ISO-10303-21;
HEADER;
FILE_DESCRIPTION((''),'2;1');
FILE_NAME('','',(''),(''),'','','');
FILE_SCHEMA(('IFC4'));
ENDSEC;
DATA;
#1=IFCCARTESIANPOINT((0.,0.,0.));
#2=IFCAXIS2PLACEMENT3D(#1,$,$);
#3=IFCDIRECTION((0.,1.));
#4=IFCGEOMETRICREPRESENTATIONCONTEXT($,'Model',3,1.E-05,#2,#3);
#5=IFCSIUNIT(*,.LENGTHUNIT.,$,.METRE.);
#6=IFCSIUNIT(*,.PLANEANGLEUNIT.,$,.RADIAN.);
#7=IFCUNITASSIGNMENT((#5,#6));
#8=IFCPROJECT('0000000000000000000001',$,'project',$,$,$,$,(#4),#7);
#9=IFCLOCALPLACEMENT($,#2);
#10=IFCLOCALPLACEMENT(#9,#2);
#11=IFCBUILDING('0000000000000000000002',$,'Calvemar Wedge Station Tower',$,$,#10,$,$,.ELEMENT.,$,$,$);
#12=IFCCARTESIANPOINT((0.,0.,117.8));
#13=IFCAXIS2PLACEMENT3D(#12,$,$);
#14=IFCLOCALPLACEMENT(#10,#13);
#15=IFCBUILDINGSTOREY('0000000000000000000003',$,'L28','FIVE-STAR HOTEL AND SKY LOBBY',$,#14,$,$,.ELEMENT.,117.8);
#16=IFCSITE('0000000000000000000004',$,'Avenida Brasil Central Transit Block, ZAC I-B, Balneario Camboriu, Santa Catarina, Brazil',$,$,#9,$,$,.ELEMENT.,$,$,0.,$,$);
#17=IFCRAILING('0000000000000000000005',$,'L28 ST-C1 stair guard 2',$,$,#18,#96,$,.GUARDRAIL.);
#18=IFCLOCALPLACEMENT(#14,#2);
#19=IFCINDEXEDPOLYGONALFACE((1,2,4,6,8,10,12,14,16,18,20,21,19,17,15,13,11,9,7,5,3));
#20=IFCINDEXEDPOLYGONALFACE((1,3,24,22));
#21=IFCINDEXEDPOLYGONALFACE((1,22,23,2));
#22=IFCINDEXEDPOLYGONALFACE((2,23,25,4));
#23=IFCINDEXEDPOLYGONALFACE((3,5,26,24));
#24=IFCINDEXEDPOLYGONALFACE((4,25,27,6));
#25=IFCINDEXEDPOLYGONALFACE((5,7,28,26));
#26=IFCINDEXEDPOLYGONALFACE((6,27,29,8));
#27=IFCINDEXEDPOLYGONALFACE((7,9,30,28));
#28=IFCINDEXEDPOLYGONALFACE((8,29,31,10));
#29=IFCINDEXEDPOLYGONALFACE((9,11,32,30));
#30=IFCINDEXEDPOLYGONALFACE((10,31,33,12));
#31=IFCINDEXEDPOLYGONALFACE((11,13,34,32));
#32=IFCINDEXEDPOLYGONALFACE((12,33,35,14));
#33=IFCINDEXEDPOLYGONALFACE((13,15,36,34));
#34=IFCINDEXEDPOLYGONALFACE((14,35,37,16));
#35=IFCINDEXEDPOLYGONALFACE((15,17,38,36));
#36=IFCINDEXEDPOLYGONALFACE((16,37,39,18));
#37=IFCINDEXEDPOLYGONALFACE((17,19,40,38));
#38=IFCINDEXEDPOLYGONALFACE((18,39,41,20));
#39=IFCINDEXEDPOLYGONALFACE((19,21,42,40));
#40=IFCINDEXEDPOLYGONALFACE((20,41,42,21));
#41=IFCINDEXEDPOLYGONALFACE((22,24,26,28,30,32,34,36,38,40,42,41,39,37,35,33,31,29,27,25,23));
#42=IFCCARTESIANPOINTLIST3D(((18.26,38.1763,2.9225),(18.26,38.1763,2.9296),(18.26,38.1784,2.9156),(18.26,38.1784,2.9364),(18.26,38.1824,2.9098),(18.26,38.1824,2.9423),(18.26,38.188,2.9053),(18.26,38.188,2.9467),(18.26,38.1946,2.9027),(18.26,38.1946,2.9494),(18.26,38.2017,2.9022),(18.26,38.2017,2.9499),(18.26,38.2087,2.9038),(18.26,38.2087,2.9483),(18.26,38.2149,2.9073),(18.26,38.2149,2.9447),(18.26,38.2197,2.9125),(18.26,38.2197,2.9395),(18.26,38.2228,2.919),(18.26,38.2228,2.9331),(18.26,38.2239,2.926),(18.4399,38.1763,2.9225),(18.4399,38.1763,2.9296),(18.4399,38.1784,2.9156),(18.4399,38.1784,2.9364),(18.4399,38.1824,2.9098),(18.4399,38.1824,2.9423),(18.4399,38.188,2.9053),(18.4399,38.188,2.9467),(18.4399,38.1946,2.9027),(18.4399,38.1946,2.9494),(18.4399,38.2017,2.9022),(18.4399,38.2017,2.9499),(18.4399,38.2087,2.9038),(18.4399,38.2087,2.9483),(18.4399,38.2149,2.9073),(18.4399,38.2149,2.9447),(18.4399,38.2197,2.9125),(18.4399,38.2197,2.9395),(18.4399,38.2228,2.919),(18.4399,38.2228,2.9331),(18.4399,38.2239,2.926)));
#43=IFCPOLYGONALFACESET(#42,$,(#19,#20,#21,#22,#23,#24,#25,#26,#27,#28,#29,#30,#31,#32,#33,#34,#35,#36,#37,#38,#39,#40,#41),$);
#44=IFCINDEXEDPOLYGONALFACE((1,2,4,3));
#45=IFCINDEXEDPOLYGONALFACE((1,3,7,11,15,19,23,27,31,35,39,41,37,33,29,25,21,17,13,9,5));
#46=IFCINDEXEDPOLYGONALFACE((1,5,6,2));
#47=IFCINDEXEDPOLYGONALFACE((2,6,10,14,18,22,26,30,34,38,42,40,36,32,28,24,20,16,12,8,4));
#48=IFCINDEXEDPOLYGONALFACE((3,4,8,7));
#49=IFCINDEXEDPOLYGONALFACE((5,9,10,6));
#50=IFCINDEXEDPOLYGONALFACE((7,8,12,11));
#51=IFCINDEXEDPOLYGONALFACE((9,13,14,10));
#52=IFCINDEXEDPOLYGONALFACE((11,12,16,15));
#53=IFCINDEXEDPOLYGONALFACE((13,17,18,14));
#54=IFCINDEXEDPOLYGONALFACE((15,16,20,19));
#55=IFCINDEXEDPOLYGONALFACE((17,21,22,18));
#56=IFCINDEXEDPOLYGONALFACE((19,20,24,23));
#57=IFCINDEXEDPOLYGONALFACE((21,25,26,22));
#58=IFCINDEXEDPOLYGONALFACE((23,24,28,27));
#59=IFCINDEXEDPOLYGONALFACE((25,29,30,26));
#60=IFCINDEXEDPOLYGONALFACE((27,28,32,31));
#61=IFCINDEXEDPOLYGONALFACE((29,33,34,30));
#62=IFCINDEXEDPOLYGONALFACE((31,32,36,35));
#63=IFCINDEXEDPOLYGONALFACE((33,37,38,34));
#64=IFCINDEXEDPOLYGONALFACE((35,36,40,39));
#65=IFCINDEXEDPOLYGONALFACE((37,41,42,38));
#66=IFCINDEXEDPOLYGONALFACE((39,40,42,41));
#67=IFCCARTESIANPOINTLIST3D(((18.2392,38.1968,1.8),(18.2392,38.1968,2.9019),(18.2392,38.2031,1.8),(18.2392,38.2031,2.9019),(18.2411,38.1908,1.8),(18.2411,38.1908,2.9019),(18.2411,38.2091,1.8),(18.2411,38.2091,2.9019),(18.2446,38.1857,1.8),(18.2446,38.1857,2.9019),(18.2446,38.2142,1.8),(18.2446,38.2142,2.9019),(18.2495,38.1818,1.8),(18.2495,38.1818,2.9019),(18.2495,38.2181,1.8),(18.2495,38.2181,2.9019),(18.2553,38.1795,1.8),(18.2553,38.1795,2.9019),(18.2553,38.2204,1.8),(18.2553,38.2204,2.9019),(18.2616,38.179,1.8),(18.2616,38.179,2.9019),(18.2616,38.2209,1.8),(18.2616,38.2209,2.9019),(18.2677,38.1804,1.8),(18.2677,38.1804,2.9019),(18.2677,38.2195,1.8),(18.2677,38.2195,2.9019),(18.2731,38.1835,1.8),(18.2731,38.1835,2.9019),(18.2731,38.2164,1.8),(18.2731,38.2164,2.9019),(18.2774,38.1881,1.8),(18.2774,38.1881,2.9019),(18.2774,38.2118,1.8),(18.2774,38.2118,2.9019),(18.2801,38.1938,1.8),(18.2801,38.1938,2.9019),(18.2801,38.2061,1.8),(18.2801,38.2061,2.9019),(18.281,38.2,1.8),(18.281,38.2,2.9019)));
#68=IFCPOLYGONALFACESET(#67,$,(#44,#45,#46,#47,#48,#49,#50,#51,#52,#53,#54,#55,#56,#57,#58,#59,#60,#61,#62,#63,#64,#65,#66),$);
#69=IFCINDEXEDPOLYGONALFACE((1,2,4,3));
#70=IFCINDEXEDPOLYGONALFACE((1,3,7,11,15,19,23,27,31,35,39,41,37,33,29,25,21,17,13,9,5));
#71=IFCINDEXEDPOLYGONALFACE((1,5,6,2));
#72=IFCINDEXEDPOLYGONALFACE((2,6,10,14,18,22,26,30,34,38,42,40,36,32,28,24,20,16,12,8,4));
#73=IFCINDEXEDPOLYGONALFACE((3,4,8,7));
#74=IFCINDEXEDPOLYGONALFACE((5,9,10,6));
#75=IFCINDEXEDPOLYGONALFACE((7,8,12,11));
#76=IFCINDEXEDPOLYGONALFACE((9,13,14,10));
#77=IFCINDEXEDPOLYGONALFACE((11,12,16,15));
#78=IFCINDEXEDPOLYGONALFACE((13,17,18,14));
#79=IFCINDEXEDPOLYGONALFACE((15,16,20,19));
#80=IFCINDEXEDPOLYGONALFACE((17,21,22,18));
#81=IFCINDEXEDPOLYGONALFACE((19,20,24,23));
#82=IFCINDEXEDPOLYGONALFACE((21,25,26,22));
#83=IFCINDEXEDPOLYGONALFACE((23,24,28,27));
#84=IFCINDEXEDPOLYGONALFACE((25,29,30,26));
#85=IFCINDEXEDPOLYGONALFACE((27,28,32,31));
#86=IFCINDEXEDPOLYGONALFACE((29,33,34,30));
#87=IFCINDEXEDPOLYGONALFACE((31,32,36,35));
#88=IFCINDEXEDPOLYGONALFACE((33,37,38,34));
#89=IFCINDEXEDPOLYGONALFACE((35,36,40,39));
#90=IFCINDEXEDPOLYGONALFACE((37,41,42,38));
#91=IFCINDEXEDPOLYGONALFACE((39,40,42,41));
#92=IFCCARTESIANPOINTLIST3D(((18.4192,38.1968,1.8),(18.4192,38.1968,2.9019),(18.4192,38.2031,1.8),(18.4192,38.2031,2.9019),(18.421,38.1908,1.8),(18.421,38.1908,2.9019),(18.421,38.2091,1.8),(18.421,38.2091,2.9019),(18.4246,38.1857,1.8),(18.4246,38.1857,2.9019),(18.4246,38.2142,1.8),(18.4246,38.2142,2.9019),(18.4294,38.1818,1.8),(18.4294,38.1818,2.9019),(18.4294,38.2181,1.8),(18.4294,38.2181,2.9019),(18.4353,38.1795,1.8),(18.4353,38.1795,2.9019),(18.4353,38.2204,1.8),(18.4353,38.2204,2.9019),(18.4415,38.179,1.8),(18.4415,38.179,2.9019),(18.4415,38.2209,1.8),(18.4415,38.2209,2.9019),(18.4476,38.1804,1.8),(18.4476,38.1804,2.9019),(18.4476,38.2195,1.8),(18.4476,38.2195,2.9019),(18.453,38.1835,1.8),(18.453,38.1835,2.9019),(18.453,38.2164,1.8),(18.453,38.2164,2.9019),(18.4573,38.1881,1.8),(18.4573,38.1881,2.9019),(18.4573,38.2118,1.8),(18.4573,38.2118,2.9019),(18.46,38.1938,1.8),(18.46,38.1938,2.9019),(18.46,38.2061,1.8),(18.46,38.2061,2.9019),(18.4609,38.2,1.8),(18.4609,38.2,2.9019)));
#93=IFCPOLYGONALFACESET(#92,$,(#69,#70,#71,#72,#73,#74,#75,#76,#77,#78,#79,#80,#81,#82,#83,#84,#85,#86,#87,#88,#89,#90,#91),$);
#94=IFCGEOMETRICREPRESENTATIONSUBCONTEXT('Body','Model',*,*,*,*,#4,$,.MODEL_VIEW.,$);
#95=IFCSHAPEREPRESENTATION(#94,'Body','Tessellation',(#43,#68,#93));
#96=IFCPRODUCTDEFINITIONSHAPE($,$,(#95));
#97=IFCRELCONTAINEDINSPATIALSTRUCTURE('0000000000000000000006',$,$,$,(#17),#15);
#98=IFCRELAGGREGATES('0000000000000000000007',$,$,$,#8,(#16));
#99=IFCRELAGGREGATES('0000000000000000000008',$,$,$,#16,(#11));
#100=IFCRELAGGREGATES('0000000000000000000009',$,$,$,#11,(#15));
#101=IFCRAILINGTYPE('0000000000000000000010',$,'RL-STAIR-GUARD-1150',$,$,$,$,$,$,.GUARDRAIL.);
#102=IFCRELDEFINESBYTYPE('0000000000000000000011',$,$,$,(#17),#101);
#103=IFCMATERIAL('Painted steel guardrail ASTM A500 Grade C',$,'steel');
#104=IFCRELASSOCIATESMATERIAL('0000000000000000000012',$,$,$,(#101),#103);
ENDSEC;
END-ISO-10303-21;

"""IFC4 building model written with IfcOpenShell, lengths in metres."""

from ifc_helpers import new_model, si_unit, direction, frame, origin, origin_2d, place, context, subcontext, project, spatial, circle, extrude, material, type_object, element, save


model = new_model("IFC4")

# Units and contexts
model_context = context("Model", 3, precision=1e-05, world=origin(), true_north=direction((0.0, 1.0)))
body_context = subcontext(model_context, "Body", "Model", "MODEL_VIEW")
ifc_project = project(units=[si_unit("LENGTHUNIT", "METRE"), si_unit("PLANEANGLEUNIT", "RADIAN")], contexts=[model_context])

# Site, building, storey
site_placement = place(None, origin())
site = spatial("IfcSite", under=ifc_project, at=site_placement, Name="Avenida Brasil Central Transit Block, ZAC I-B, Balneario Camboriu, Santa Catarina, Brazil", CompositionType="ELEMENT", RefElevation=0.0)
building_placement = place(site_placement, origin())
building = spatial("IfcBuilding", under=site, at=building_placement, Name="Calvemar Wedge Station Tower", CompositionType="ELEMENT")
storey_placement = place(building_placement, frame((0.0, 0.0, 117.8)))
storey = spatial("IfcBuildingStorey", under=building, at=storey_placement, Name="L28", Description="FIVE-STAR HOTEL AND SKY LOBBY", CompositionType="ELEMENT", Elevation=117.8)

# Railing
ifc_material_1 = material(Name="Painted steel guardrail ASTM A500 Grade C", Category="steel")
railing_type = type_object("IfcRailingType", Name="RL-STAIR-GUARD-1150", PredefinedType="GUARDRAIL", material=ifc_material_1)
railing_1_placement = place(storey_placement, frame((18.26, 38.2, 1.8)))
element("IfcRailing", 1, at=railing_1_placement, inside=storey, type_object=railing_type, Name="L28 ST-C1 stair guard 2", PredefinedType="GUARDRAIL", context=body_context, shape_type="SweptSolid", body=[
    extrude(circle(Radius=0.0239, at=origin_2d()), frame((0.0, 0.0, 1.126), z_axis=(1.0, 0.0, 0.0), x_axis=(0.0, 1.0, 0.0)), (0.0, 0.0, 1.0), 0.1799),
    extrude(circle(Radius=0.021, at=origin_2d()), origin(), (0.0, 0.0, 1.0), 1.1018),
    extrude(circle(Radius=0.021, at=origin_2d()), frame((0.1799, 0.0, 0.0)), (0.0, 0.0, 1.0), 1.1018),
])

save(model, "model.ifc")
